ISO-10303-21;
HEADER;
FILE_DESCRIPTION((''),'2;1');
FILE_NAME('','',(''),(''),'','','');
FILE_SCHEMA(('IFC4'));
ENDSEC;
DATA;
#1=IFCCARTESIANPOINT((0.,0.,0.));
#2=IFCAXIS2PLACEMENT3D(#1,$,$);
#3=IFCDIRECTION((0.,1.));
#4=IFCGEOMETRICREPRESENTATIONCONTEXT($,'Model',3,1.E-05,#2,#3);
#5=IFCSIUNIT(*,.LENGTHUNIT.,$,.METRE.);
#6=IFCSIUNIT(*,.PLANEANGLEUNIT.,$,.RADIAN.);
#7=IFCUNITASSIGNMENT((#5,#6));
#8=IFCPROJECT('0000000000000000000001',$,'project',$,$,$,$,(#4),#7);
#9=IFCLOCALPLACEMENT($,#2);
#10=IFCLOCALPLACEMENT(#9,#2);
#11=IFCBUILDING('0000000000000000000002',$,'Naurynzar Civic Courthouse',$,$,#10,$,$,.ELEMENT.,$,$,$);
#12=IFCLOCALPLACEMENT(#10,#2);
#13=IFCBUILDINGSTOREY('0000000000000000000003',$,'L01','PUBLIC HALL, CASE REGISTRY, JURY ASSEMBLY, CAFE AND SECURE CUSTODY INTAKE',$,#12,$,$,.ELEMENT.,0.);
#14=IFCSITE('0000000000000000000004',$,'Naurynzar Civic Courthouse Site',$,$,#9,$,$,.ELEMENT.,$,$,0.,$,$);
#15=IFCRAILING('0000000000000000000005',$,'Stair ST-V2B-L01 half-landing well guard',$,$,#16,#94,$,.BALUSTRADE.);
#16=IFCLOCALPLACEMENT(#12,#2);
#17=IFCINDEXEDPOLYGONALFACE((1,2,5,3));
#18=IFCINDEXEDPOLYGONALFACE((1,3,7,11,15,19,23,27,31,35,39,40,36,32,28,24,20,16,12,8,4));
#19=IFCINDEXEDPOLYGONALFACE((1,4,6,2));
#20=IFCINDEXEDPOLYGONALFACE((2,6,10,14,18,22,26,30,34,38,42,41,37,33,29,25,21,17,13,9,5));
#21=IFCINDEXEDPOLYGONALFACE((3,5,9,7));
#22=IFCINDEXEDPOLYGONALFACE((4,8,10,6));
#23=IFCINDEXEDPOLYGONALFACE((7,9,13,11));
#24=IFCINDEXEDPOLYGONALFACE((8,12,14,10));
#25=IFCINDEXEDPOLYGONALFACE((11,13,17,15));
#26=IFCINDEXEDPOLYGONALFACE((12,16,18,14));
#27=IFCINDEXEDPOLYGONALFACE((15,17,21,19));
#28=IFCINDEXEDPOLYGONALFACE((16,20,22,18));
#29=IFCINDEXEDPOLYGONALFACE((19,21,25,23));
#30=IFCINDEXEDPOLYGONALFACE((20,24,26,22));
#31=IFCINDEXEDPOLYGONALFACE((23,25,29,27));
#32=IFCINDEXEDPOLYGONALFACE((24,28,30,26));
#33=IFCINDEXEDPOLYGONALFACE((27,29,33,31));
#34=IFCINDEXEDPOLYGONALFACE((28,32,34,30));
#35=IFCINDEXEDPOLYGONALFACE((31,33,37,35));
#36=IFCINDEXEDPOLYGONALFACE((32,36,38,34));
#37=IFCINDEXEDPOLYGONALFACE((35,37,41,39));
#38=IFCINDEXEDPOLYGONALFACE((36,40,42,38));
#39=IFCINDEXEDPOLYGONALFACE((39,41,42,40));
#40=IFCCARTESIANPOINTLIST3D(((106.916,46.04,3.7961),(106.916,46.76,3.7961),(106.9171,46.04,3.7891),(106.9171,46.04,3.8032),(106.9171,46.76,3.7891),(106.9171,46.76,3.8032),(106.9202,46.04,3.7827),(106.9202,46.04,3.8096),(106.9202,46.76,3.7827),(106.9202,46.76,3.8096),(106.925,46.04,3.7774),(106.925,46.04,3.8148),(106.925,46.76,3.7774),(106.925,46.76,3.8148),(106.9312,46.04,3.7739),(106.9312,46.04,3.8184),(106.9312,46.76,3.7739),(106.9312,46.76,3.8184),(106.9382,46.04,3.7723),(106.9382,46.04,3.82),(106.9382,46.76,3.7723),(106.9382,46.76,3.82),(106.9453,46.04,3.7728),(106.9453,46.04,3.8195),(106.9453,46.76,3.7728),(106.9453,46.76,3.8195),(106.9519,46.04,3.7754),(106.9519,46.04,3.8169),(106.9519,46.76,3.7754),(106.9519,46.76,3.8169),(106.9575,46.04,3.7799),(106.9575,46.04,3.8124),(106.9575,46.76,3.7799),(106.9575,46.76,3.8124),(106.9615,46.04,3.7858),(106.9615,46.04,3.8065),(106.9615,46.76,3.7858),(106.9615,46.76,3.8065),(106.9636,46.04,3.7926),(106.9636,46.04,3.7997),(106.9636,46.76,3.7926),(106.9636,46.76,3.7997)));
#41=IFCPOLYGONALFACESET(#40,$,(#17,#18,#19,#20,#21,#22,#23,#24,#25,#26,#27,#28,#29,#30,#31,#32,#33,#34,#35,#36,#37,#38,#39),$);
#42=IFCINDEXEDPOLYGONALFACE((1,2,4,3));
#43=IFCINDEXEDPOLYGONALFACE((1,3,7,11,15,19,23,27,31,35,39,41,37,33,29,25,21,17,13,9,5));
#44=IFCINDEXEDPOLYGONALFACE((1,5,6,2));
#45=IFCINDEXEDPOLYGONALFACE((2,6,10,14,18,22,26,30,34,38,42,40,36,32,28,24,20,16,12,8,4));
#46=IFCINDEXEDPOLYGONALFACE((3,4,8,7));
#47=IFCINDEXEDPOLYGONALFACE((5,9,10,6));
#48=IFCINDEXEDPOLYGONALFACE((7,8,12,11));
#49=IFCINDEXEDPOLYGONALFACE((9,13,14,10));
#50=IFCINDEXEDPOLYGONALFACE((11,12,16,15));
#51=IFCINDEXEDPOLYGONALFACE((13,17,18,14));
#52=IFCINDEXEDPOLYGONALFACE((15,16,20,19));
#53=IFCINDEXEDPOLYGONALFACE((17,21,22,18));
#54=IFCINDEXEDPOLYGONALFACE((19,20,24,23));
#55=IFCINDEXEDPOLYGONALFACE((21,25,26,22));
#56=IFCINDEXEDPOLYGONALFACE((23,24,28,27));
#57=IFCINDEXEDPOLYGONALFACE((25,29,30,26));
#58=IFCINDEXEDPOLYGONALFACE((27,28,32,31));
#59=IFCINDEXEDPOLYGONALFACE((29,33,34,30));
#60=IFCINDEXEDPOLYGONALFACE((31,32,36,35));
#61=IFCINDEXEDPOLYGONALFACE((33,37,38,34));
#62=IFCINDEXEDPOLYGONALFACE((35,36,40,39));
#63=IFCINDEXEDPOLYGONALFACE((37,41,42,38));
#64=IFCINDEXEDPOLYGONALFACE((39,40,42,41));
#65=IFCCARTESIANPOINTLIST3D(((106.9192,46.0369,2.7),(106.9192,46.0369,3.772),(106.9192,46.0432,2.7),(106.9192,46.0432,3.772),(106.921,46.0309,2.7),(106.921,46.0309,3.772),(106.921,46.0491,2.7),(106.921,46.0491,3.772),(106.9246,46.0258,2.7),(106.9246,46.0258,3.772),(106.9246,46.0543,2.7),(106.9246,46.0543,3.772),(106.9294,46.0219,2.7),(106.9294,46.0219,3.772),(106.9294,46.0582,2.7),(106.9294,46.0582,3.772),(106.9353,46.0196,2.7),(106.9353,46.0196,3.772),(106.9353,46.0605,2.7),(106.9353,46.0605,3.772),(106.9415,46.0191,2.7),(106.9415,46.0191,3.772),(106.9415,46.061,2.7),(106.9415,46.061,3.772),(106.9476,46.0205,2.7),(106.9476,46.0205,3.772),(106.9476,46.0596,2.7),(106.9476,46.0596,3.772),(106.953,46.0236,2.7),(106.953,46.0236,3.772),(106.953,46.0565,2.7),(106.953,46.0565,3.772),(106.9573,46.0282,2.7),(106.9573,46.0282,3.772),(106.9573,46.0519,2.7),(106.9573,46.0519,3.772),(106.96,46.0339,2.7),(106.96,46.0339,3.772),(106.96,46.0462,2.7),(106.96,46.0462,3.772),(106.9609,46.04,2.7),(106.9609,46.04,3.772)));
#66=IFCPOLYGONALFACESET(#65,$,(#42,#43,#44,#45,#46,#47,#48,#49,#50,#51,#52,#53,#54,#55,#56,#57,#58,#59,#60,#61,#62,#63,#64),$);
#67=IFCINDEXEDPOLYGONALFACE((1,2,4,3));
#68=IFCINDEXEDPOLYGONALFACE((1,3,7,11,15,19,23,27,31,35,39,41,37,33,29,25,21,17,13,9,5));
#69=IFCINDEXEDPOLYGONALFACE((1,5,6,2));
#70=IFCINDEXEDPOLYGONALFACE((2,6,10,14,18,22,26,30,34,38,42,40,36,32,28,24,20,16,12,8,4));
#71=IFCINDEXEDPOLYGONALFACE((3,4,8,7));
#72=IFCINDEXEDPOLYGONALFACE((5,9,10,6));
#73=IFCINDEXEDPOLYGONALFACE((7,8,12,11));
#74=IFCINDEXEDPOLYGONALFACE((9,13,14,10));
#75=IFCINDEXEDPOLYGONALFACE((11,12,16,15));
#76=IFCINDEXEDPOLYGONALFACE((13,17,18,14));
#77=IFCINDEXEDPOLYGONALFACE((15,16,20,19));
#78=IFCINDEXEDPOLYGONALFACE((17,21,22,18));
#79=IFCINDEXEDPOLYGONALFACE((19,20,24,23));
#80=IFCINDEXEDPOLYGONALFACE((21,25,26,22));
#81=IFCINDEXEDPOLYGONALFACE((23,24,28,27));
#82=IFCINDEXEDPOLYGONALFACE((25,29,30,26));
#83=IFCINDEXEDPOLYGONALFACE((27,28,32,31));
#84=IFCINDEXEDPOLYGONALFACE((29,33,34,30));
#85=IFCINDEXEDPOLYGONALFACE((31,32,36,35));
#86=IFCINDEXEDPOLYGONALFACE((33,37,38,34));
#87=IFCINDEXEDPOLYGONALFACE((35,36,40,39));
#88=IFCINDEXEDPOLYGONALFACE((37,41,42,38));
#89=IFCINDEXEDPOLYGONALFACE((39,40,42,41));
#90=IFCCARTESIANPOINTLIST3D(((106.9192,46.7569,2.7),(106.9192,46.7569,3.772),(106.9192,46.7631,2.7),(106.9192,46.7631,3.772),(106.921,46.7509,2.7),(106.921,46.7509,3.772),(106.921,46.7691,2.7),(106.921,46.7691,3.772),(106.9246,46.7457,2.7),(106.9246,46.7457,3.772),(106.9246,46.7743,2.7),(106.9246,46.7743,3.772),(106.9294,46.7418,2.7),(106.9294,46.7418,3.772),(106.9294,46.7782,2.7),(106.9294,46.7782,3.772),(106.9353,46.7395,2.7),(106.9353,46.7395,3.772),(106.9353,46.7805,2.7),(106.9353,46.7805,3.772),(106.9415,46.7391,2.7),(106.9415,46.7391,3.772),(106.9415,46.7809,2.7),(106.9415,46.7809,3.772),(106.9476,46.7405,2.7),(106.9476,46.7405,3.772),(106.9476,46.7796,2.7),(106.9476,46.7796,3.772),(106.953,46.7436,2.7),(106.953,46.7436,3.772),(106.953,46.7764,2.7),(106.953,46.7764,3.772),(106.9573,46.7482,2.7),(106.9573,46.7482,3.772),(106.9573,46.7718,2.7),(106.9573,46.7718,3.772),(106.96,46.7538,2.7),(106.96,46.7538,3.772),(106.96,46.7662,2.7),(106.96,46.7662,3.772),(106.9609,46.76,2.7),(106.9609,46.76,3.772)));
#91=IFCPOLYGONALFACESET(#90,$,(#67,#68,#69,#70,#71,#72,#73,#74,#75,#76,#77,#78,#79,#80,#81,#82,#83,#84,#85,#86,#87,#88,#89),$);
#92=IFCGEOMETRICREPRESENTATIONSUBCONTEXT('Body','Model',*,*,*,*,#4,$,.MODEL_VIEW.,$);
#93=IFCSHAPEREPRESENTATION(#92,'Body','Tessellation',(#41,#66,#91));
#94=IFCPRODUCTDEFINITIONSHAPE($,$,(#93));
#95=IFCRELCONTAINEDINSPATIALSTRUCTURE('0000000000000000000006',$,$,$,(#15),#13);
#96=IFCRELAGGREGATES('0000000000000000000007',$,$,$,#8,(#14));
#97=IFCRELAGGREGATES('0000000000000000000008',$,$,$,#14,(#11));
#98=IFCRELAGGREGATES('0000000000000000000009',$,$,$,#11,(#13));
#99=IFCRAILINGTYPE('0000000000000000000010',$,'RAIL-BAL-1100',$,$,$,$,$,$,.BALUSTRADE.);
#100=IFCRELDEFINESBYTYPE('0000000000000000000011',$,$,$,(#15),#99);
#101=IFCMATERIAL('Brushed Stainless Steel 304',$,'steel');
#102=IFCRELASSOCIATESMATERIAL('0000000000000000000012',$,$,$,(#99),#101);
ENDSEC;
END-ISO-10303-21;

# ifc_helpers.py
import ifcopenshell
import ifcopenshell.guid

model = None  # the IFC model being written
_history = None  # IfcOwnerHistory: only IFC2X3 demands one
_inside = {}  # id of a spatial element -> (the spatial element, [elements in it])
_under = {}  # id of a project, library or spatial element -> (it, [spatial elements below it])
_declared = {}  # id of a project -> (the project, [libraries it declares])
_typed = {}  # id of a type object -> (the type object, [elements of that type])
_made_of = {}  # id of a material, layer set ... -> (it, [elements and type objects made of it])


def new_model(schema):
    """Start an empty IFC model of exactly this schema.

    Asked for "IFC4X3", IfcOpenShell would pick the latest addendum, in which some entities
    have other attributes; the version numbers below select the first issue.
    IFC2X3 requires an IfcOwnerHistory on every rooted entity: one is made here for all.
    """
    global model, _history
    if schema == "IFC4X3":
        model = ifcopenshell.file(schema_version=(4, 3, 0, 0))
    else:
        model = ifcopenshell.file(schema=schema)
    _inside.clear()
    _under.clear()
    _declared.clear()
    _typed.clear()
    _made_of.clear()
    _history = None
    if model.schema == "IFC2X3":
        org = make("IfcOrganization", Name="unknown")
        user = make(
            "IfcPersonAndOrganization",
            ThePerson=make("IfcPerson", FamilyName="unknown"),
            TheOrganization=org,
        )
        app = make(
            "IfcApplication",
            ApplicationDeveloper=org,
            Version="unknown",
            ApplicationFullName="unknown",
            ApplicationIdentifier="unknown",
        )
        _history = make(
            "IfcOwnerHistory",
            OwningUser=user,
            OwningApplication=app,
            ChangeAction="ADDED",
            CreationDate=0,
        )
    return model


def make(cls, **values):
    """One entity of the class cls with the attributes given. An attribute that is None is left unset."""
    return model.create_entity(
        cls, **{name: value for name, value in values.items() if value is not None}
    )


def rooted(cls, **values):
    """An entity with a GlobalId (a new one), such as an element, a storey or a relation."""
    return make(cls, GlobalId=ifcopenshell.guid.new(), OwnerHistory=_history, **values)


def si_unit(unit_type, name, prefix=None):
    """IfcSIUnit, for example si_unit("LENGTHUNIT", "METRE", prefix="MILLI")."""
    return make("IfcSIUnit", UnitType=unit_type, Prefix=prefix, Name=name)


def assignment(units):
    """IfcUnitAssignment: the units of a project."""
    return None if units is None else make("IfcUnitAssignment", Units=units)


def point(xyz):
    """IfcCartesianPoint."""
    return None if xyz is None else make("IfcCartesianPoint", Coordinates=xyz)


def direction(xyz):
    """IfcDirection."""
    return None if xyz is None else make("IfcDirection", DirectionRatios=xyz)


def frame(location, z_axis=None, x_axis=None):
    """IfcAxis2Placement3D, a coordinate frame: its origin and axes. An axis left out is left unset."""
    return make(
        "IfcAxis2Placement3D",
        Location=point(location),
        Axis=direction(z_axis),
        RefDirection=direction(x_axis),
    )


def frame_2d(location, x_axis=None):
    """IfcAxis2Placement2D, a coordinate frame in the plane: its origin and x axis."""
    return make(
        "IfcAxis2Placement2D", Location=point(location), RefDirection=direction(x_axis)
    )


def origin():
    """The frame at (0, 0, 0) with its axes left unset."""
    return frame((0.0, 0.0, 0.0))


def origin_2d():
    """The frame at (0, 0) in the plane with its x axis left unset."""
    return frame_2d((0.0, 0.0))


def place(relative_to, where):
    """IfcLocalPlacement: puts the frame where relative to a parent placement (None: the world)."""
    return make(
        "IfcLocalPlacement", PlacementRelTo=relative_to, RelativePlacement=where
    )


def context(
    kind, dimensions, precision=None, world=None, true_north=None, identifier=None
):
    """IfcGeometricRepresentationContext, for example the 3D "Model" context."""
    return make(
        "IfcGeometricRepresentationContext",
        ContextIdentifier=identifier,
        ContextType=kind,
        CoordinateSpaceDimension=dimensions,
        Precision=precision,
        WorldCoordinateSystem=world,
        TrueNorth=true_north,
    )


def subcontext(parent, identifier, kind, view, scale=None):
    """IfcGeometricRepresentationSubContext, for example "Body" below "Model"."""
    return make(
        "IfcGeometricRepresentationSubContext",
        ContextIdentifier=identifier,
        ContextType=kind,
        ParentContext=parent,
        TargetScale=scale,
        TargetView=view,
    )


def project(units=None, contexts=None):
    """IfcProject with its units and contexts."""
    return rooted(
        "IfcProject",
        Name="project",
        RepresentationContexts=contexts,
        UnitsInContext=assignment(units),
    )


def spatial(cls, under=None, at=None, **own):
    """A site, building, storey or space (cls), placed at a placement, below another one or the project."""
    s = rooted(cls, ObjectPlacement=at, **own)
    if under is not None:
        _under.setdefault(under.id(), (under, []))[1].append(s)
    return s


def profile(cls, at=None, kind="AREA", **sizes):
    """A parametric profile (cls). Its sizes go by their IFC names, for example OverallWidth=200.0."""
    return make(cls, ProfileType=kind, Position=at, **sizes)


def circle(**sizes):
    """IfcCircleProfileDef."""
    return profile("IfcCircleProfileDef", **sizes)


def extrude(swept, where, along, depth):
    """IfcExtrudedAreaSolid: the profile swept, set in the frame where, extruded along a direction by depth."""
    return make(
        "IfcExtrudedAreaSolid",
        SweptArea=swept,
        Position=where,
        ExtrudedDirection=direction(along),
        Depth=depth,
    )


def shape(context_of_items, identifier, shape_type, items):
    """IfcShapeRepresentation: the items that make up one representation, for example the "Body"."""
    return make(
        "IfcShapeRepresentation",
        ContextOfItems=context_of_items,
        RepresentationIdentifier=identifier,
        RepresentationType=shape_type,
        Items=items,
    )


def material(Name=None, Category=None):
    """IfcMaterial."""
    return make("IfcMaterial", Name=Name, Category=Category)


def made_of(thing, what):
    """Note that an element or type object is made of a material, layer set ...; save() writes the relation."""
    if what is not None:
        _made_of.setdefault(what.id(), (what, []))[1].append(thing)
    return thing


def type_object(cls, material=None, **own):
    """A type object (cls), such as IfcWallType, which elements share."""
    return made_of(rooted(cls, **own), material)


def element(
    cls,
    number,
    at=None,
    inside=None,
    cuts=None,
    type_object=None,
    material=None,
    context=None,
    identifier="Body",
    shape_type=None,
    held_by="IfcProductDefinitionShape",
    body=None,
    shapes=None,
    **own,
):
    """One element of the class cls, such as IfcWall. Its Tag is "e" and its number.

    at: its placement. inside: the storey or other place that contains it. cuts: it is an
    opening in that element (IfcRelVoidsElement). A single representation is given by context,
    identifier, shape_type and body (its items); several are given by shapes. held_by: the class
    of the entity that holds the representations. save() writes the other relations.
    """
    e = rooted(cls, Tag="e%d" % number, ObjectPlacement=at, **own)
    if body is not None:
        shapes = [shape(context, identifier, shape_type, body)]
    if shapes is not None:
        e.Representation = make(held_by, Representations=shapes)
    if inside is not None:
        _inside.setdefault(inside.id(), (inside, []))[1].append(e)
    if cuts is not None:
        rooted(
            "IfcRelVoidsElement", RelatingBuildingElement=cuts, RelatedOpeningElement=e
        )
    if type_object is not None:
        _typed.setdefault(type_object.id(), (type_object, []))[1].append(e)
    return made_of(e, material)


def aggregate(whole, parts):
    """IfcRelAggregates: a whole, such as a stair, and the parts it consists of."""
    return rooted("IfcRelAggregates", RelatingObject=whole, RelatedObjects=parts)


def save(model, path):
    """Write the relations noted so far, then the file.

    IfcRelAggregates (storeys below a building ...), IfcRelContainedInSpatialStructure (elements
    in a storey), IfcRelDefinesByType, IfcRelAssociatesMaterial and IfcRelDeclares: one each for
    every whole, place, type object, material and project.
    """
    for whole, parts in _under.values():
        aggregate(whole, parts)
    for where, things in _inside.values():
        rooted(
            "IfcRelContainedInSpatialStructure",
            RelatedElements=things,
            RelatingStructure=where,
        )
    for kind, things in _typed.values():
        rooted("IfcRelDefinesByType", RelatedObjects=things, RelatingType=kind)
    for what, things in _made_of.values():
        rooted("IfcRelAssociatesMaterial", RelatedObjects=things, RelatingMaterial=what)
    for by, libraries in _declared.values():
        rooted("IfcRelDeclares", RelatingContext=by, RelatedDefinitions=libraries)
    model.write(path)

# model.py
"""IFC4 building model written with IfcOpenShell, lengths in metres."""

from ifc_helpers import new_model, si_unit, direction, frame, origin, origin_2d, place, context, subcontext, project, spatial, circle, extrude, material, type_object, element, save


model = new_model("IFC4")

# Units and contexts
model_context = context("Model", 3, precision=1e-05, world=origin(), true_north=direction((0.0, 1.0)))
body_context = subcontext(model_context, "Body", "Model", "MODEL_VIEW")
ifc_project = project(units=[si_unit("LENGTHUNIT", "METRE"), si_unit("PLANEANGLEUNIT", "RADIAN")], contexts=[model_context])

# Site, building, storey
site_placement = place(None, origin())
site = spatial("IfcSite", under=ifc_project, at=site_placement, Name="Naurynzar Civic Courthouse Site", CompositionType="ELEMENT", RefElevation=0.0)
building_placement = place(site_placement, origin())
building = spatial("IfcBuilding", under=site, at=building_placement, Name="Naurynzar Civic Courthouse", CompositionType="ELEMENT")
storey_placement = place(building_placement, origin())
storey = spatial("IfcBuildingStorey", under=building, at=storey_placement, Name="L01", Description="PUBLIC HALL, CASE REGISTRY, JURY ASSEMBLY, CAFE AND SECURE CUSTODY INTAKE", CompositionType="ELEMENT", Elevation=0.0)

# Railing
ifc_material_1 = material(Name="Brushed Stainless Steel 304", Category="steel")
railing_type = type_object("IfcRailingType", Name="RAIL-BAL-1100", PredefinedType="BALUSTRADE", material=ifc_material_1)
railing_placement = place(storey_placement, frame((106.9399, 46.04, 2.7)))
element("IfcRailing", 1, at=railing_placement, inside=storey, type_object=railing_type, Name="Stair ST-V2B-L01 half-landing well guard", PredefinedType="BALUSTRADE", context=body_context, shape_type="SweptSolid", body=[
    extrude(circle(Radius=0.0239, at=origin_2d()), frame((0.0, 0.0, 1.0962), z_axis=(0.0, 1.0, 0.0), x_axis=(-1.0, 0.0, 0.0)), (0.0, 0.0, 1.0), 0.72),
    extrude(circle(Radius=0.021, at=origin_2d()), origin(), (0.0, 0.0, 1.0), 1.072),
    extrude(circle(Radius=0.021, at=origin_2d()), frame((0.0, 0.72, 0.0)), (0.0, 0.0, 1.0), 1.072),
])

save(model, "model.ifc")
